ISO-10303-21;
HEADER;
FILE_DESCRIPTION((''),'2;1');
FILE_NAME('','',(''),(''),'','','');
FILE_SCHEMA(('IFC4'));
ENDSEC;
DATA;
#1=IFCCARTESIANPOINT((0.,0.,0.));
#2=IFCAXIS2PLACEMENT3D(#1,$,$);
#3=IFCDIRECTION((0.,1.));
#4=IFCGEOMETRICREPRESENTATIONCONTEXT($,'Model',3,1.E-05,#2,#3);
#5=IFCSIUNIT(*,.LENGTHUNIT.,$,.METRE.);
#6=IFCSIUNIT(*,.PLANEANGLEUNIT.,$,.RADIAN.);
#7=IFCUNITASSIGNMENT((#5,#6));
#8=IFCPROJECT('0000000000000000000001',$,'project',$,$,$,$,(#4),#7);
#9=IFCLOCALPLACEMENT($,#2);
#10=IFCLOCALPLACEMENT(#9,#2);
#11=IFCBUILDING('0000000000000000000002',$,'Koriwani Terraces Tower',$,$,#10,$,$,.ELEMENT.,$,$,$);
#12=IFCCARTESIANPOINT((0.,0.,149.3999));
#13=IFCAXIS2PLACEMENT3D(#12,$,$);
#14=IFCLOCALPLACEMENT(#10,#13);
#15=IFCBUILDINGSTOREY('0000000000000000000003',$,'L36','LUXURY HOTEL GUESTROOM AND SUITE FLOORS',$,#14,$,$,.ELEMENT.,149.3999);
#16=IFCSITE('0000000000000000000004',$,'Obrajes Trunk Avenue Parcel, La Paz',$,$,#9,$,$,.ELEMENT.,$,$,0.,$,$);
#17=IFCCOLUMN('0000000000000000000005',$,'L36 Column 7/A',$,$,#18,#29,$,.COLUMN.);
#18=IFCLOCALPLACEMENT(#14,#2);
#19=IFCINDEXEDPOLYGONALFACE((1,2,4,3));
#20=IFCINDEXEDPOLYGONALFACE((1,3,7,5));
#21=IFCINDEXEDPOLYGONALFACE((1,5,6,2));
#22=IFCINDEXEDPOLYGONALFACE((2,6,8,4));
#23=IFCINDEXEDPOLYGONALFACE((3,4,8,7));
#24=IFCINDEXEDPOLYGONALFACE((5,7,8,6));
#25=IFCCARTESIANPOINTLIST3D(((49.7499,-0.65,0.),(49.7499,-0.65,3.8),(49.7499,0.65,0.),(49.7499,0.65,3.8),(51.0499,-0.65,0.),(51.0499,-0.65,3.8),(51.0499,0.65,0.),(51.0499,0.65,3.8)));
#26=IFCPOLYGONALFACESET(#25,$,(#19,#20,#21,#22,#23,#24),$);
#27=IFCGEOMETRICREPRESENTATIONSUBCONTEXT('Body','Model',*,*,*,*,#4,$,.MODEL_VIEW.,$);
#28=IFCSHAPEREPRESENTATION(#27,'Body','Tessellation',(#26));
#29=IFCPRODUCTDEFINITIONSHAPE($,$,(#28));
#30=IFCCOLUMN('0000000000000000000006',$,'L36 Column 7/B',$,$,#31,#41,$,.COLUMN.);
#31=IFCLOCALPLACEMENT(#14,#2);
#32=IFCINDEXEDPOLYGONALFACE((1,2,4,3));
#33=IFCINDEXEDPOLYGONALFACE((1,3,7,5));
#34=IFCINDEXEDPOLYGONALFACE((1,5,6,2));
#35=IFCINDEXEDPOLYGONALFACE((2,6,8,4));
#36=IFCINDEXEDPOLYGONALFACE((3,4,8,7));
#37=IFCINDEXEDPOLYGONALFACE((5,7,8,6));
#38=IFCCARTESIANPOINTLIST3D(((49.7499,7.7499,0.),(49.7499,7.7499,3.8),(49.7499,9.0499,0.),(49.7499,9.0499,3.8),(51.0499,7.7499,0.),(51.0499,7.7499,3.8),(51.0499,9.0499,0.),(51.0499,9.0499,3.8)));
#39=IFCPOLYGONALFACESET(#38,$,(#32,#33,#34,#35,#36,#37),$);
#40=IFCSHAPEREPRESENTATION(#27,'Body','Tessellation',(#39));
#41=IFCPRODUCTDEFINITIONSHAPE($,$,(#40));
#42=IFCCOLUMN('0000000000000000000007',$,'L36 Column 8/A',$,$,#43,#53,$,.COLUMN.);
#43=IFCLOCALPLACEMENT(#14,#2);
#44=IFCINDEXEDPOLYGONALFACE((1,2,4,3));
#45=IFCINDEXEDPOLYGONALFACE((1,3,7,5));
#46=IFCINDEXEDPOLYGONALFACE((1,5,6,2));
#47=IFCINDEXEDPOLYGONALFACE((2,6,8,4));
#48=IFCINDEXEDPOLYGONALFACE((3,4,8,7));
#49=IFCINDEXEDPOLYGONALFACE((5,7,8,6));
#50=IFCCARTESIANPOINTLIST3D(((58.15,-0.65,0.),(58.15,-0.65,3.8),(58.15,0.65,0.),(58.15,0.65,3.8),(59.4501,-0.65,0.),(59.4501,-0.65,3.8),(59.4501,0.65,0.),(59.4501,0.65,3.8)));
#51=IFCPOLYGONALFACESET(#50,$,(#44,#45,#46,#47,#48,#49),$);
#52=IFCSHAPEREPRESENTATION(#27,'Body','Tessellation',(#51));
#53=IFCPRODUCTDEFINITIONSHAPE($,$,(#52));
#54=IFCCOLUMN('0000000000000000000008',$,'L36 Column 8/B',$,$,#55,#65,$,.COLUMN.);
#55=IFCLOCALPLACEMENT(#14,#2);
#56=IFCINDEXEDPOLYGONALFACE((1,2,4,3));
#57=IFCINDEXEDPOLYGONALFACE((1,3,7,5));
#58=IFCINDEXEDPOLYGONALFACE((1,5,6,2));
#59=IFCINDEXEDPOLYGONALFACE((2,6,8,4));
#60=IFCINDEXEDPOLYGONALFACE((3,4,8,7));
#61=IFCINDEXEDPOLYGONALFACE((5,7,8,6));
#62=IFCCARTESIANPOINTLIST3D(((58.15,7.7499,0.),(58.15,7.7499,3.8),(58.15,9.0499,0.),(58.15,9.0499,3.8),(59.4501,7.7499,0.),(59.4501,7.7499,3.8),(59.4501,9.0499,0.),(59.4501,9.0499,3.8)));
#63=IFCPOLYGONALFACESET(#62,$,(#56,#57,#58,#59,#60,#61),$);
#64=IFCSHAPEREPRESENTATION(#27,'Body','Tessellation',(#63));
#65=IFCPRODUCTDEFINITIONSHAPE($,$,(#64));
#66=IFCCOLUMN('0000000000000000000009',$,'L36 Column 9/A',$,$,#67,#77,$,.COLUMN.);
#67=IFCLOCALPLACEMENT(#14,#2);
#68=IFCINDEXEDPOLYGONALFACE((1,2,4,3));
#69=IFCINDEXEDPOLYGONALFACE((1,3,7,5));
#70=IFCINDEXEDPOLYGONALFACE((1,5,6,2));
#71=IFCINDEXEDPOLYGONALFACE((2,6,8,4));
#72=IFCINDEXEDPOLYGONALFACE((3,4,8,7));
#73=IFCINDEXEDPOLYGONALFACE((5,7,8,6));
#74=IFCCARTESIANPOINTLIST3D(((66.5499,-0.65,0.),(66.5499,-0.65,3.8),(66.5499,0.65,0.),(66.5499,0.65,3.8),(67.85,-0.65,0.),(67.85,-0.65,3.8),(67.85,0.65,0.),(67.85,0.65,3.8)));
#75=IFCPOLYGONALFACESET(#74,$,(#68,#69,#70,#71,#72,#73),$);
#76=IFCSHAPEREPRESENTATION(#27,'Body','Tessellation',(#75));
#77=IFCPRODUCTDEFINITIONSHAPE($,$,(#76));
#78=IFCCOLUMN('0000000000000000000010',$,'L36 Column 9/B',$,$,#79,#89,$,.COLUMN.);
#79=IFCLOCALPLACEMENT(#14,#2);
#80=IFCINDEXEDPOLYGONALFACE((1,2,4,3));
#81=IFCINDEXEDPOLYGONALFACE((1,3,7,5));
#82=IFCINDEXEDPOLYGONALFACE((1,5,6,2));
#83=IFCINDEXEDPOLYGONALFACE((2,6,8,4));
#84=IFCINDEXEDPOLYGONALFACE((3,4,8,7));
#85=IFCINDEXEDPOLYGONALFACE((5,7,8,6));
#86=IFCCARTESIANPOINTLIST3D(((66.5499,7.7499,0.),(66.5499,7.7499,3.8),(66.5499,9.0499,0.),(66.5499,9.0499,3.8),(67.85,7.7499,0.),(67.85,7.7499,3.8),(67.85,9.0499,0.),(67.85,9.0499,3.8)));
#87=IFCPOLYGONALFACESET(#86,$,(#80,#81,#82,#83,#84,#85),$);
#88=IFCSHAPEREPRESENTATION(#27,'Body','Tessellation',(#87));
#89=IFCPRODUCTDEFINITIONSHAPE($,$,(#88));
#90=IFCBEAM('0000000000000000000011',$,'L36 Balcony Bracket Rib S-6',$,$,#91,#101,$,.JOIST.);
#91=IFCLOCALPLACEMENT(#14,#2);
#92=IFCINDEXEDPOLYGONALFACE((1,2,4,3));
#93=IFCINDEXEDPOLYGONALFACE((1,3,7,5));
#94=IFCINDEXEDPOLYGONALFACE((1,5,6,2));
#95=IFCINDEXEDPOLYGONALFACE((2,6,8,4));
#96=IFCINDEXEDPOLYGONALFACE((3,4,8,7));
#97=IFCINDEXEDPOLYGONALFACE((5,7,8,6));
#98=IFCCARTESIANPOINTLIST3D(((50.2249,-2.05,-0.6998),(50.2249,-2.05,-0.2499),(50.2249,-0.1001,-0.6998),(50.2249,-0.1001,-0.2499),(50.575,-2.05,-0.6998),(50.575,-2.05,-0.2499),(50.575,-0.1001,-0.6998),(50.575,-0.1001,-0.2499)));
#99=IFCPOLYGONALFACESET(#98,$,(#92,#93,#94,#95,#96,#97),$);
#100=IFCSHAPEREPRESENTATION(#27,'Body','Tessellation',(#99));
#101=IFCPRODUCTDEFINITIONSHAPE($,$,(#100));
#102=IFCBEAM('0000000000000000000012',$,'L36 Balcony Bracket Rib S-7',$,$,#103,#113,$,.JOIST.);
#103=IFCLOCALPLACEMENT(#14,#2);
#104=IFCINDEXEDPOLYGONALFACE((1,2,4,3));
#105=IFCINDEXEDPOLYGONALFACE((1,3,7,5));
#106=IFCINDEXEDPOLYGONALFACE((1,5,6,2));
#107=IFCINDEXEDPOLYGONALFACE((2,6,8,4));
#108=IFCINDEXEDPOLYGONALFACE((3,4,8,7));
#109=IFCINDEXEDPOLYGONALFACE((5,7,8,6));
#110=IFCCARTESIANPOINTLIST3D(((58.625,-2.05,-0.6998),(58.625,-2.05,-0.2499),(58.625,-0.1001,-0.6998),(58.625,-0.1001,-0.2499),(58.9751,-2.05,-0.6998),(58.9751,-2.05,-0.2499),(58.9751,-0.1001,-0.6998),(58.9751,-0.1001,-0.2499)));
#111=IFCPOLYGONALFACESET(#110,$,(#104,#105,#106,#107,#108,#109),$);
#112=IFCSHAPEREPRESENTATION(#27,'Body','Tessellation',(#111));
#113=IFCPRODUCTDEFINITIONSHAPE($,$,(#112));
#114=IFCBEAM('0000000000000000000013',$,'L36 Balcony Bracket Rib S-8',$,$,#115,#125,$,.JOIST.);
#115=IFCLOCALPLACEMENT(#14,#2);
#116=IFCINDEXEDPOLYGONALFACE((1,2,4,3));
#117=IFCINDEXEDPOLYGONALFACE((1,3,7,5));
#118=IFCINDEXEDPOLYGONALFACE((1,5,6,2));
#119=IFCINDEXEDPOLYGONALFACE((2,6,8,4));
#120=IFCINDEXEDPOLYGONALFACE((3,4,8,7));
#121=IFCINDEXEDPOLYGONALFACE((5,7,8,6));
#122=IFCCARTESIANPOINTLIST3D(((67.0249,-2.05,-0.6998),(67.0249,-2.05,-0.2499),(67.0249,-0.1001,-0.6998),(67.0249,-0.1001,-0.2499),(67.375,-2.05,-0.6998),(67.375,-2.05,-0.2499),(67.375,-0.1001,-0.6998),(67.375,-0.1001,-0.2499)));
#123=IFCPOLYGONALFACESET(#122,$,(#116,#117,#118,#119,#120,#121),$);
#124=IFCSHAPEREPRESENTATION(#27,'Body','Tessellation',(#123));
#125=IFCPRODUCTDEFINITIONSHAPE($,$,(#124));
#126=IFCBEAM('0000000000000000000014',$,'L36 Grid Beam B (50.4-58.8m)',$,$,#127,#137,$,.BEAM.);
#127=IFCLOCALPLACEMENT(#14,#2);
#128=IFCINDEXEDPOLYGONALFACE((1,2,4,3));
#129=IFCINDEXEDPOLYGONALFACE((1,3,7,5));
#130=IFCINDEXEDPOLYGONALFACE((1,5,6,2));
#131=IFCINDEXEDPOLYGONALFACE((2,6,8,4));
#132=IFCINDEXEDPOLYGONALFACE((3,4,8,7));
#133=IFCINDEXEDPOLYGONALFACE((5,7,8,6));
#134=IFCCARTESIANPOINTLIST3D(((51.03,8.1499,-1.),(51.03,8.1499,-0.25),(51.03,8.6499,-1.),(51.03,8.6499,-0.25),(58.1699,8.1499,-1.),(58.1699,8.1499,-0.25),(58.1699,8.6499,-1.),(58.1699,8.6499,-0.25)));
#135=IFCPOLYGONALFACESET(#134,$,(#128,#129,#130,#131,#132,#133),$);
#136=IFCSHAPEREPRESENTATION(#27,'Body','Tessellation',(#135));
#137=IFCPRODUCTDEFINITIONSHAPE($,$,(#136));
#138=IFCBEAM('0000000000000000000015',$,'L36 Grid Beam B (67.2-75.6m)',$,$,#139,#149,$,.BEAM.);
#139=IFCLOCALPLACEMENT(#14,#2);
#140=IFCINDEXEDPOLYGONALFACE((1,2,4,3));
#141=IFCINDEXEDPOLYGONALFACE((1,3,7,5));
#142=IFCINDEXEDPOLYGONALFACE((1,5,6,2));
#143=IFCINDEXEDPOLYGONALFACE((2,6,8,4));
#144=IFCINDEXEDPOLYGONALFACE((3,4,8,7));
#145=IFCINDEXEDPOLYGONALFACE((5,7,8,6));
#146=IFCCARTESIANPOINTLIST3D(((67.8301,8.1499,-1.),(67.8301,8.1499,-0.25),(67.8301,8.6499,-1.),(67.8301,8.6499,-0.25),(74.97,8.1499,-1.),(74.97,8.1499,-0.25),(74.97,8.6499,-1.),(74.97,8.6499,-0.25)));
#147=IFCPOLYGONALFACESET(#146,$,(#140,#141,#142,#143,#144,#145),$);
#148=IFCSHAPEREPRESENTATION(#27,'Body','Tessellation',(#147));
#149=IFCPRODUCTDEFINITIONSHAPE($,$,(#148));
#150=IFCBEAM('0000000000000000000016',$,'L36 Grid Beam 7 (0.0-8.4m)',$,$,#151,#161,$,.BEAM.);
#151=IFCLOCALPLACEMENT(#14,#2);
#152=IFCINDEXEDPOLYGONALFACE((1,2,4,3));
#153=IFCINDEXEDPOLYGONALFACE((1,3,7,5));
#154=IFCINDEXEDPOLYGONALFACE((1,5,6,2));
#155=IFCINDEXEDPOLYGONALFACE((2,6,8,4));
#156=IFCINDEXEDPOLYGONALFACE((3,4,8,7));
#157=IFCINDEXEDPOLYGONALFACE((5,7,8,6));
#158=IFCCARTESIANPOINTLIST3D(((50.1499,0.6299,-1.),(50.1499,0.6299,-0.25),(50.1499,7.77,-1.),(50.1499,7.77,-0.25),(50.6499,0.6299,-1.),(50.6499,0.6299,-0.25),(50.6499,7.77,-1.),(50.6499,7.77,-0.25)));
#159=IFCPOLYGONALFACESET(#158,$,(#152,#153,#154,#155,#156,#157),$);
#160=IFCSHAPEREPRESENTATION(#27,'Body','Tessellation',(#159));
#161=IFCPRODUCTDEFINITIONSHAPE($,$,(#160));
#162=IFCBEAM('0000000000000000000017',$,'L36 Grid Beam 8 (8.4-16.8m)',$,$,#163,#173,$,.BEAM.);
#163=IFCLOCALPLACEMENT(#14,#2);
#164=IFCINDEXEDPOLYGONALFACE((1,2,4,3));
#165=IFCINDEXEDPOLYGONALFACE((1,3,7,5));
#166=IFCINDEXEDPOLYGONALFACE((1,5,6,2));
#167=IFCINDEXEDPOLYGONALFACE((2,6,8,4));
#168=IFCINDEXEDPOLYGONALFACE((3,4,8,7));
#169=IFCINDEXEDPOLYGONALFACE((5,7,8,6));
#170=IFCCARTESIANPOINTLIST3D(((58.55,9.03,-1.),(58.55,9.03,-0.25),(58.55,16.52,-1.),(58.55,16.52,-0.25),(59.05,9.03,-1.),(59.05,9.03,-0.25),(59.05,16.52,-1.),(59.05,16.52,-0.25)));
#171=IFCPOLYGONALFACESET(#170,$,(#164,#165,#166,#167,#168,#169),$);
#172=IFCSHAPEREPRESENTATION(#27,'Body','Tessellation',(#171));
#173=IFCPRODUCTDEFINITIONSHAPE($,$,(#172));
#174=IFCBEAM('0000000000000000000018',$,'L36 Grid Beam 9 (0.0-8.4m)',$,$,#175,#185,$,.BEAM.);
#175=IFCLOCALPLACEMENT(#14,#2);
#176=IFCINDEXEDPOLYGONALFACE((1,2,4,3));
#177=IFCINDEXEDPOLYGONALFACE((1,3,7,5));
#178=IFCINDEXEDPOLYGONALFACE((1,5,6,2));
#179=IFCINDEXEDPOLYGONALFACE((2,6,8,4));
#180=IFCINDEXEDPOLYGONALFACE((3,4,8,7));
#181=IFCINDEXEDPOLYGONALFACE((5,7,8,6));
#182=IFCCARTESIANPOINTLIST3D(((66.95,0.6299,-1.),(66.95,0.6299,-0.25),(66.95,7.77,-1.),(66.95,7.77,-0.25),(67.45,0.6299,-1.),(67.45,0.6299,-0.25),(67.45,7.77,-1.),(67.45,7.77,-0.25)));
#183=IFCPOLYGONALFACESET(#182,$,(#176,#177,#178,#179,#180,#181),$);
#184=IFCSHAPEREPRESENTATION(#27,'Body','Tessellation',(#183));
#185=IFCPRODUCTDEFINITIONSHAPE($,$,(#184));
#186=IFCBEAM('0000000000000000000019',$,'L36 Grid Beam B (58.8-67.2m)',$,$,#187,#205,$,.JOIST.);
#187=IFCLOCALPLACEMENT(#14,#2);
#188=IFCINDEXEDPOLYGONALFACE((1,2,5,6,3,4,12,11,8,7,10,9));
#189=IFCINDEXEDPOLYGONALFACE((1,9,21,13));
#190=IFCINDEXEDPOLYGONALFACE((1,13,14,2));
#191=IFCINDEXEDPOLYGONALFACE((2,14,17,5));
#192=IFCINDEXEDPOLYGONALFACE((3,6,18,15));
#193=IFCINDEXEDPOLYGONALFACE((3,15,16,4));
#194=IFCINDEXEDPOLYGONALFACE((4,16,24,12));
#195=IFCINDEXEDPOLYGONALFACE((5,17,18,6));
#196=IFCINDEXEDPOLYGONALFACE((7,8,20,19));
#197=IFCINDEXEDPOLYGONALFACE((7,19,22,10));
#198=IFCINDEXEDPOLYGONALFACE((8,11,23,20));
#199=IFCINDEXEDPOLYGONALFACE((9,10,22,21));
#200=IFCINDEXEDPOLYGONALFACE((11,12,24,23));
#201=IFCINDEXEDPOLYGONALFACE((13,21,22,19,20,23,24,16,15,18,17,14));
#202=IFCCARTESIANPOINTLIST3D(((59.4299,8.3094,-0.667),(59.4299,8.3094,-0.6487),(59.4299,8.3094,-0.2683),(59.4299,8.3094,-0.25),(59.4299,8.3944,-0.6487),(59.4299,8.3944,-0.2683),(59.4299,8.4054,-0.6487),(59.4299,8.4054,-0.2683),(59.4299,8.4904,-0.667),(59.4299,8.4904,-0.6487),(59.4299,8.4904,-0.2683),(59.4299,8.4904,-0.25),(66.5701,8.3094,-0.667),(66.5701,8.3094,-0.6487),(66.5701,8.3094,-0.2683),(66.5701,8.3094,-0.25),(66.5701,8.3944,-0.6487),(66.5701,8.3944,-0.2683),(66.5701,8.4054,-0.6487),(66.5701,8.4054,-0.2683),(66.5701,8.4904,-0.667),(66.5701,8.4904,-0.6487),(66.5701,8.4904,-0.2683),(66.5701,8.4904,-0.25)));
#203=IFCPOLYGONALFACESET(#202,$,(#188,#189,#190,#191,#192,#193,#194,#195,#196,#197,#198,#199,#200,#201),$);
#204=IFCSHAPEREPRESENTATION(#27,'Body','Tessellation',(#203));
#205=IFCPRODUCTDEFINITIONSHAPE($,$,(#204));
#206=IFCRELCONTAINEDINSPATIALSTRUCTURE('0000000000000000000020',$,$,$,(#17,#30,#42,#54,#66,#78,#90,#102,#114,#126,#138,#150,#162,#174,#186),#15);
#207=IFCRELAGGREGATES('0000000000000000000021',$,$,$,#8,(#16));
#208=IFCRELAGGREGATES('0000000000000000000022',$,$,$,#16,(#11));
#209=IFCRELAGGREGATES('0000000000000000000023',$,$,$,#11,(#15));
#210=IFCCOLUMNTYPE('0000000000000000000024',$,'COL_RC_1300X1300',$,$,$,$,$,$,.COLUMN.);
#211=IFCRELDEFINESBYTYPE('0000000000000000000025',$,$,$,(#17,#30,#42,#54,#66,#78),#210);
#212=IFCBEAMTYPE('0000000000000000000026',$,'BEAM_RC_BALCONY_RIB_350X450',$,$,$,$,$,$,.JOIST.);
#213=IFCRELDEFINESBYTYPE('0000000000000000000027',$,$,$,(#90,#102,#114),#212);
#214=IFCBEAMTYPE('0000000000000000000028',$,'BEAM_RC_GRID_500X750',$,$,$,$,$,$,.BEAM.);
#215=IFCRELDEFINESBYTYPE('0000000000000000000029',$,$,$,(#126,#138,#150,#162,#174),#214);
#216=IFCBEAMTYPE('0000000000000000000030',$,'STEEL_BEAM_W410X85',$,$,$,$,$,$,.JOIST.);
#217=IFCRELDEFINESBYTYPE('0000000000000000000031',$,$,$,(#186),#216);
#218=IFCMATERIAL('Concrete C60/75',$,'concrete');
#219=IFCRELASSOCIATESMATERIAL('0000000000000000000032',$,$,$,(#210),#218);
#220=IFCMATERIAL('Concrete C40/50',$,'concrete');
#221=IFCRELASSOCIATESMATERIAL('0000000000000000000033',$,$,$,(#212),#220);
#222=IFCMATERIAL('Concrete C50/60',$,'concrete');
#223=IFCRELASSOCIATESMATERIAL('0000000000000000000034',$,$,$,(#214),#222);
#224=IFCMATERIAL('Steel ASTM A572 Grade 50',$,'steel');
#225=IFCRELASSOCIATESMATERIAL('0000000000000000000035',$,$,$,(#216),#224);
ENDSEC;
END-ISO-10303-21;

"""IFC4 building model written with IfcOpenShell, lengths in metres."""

from ifc_helpers import new_model, si_unit, direction, frame, origin, origin_2d, place, context, subcontext, project, spatial, rectangle, i_section, extrude, material, material_profile, profile_set, type_object, element, save


model = new_model("IFC4")

# Units and contexts
model_context = context("Model", 3, precision=1e-05, world=origin(), true_north=direction((0.0, 1.0)))
body_context = subcontext(model_context, "Body", "Model", "MODEL_VIEW")
ifc_project = project(units=[si_unit("LENGTHUNIT", "METRE"), si_unit("PLANEANGLEUNIT", "RADIAN")], contexts=[model_context])

# Site, building, storey
site_placement = place(None, origin())
site = spatial("IfcSite", under=ifc_project, at=site_placement, Name="Obrajes Trunk Avenue Parcel, La Paz", CompositionType="ELEMENT", RefElevation=0.0)
building_placement = place(site_placement, origin())
building = spatial("IfcBuilding", under=site, at=building_placement, Name="Koriwani Terraces Tower", CompositionType="ELEMENT")
storey_placement = place(building_placement, frame((0.0, 0.0, 149.3999)))
storey = spatial("IfcBuildingStorey", under=building, at=storey_placement, Name="L36", Description="LUXURY HOTEL GUESTROOM AND SUITE FLOORS", CompositionType="ELEMENT", Elevation=149.3999)

# Columns
ifc_material_1 = material(Name="Concrete C60/75", Category="concrete")
ifc_material_profile_1 = material_profile(ifc_material_1, rectangle(XDim=1.3, YDim=1.3, at=origin_2d()), Name="Concrete C60/75", Category="LoadBearing")
ifc_profile_set_1 = profile_set([ifc_material_profile_1], Name="Concrete C60/75")
column_type = type_object("IfcColumnType", Name="COL_RC_1300X1300", PredefinedType="COLUMN", material=ifc_profile_set_1)
for number, where, z_axis, x_axis, name in (
    (1, (50.3999, 0.0, 0.0), (0.0, 0.0, 1.0), (1.0, 0.0, 0.0), "L36 Column 7/A"),
    (2, (50.3999, 8.3999, 0.0), (0.0, 0.0, 1.0), (1.0, 0.0, 0.0), "L36 Column 7/B"),
    (3, (58.8, 0.0, 0.0), (0.0, 0.0, 1.0), (1.0, 0.0, 0.0), "L36 Column 8/A"),
    (4, (58.8, 8.3999, 0.0), (0.0, 0.0, 1.0), (1.0, 0.0, 0.0), "L36 Column 8/B"),
    (5, (67.2, 0.0, 0.0), (0.0, 0.0, 1.0), (1.0, 0.0, 0.0), "L36 Column 9/A"),
    (6, (67.2, 8.3999, 0.0), (0.0, 0.0, 1.0), (1.0, 0.0, 0.0), "L36 Column 9/B"),
):
    element("IfcColumn", number, at=place(storey_placement, frame(where, z_axis=z_axis, x_axis=x_axis)), inside=storey, type_object=column_type, Name=name, PredefinedType="COLUMN", context=body_context, shape_type="SweptSolid", body=[
        extrude(rectangle(XDim=1.3, YDim=1.3, at=origin_2d()), origin(), (0.0, 0.0, 1.0), 3.8),
    ])

# Beams
ifc_material_2 = material(Name="Concrete C40/50", Category="concrete")
ifc_material_profile_2 = material_profile(ifc_material_2, rectangle(XDim=0.3501, YDim=0.45, at=origin_2d()), Name="Concrete C40/50", Category="LoadBearing")
ifc_profile_set_2 = profile_set([ifc_material_profile_2], Name="Concrete C40/50")
beam_type_1 = type_object("IfcBeamType", Name="BEAM_RC_BALCONY_RIB_350X450", PredefinedType="JOIST", material=ifc_profile_set_2)
for number, where, z_axis, x_axis, name in (
    (7, (50.3999, -2.05, -0.4749), (0.0, 1.0, 0.0), (-1.0, 0.0, 0.0), "L36 Balcony Bracket Rib S-6"),
    (8, (58.8, -2.05, -0.4749), (0.0, 1.0, 0.0), (-1.0, 0.0, 0.0), "L36 Balcony Bracket Rib S-7"),
    (9, (67.2, -2.05, -0.4749), (0.0, 1.0, 0.0), (-1.0, 0.0, 0.0), "L36 Balcony Bracket Rib S-8"),
):
    element("IfcBeam", number, at=place(storey_placement, frame(where, z_axis=z_axis, x_axis=x_axis)), inside=storey, type_object=beam_type_1, Name=name, PredefinedType="JOIST", context=body_context, shape_type="SweptSolid", body=[
        extrude(rectangle(XDim=0.3501, YDim=0.45, at=origin_2d()), origin(), (0.0, 0.0, 1.0), 1.95),
    ])
ifc_material_3 = material(Name="Concrete C50/60", Category="concrete")
ifc_material_profile_3 = material_profile(ifc_material_3, rectangle(XDim=0.5, YDim=0.75, at=origin_2d()), Name="Concrete C50/60", Category="LoadBearing")
ifc_profile_set_3 = profile_set([ifc_material_profile_3], Name="Concrete C50/60")
beam_type_2 = type_object("IfcBeamType", Name="BEAM_RC_GRID_500X750", PredefinedType="BEAM", material=ifc_profile_set_3)
for number, where, z_axis, x_axis, name in (
    (10, (51.03, 8.3999, -0.625), (1.0, 0.0, 0.0), (0.0, 1.0, 0.0), "L36 Grid Beam B (50.4-58.8m)"),
    (11, (67.8301, 8.3999, -0.625), (1.0, 0.0, 0.0), (0.0, 1.0, 0.0), "L36 Grid Beam B (67.2-75.6m)"),
):
    element("IfcBeam", number, at=place(storey_placement, frame(where, z_axis=z_axis, x_axis=x_axis)), inside=storey, type_object=beam_type_2, Name=name, PredefinedType="BEAM", context=body_context, shape_type="SweptSolid", body=[
        extrude(rectangle(XDim=0.5, YDim=0.75, at=origin_2d()), origin(), (0.0, 0.0, 1.0), 7.1399),
    ])
beam_1_placement = place(storey_placement, frame((50.3999, 0.6299, -0.625), z_axis=(0.0, 1.0, 0.0), x_axis=(-1.0, 0.0, 0.0)))
element("IfcBeam", 12, at=beam_1_placement, inside=storey, type_object=beam_type_2, Name="L36 Grid Beam 7 (0.0-8.4m)", PredefinedType="BEAM", context=body_context, shape_type="SweptSolid", body=[
    extrude(rectangle(XDim=0.5, YDim=0.75, at=origin_2d()), origin(), (0.0, 0.0, 1.0), 7.1401),
])
beam_2_placement = place(storey_placement, frame((58.8, 9.03, -0.625), z_axis=(0.0, 1.0, 0.0), x_axis=(-1.0, 0.0, 0.0)))
element("IfcBeam", 13, at=beam_2_placement, inside=storey, type_object=beam_type_2, Name="L36 Grid Beam 8 (8.4-16.8m)", PredefinedType="BEAM", context=body_context, shape_type="SweptSolid", body=[
    extrude(rectangle(XDim=0.5, YDim=0.75, at=origin_2d()), origin(), (0.0, 0.0, 1.0), 7.49),
])
beam_3_placement = place(storey_placement, frame((67.2, 0.6299, -0.625), z_axis=(0.0, 1.0, 0.0), x_axis=(-1.0, 0.0, 0.0)))
element("IfcBeam", 14, at=beam_3_placement, inside=storey, type_object=beam_type_2, Name="L36 Grid Beam 9 (0.0-8.4m)", PredefinedType="BEAM", context=body_context, shape_type="SweptSolid", body=[
    extrude(rectangle(XDim=0.5, YDim=0.75, at=origin_2d()), origin(), (0.0, 0.0, 1.0), 7.1401),
])
ifc_material_4 = material(Name="Steel ASTM A572 Grade 50", Category="steel")
ifc_material_profile_4 = material_profile(ifc_material_4, i_section(OverallWidth=0.1809, OverallDepth=0.417, WebThickness=0.011, FlangeThickness=0.0183, at=origin_2d()), Name="Steel ASTM A572 Grade 50", Category="LoadBearing")
ifc_profile_set_4 = profile_set([ifc_material_profile_4], Name="Steel ASTM A572 Grade 50")
beam_type_3 = type_object("IfcBeamType", Name="STEEL_BEAM_W410X85", PredefinedType="JOIST", material=ifc_profile_set_4)
for number, where, z_axis, x_axis, name in (
    (15, (59.4299, 8.3999, -0.4585), (1.0, 0.0, 0.0), (0.0, 1.0, 0.0), "L36 Grid Beam B (58.8-67.2m)"),
):
    element("IfcBeam", number, at=place(storey_placement, frame(where, z_axis=z_axis, x_axis=x_axis)), inside=storey, type_object=beam_type_3, Name=name, PredefinedType="JOIST", context=body_context, shape_type="SweptSolid", body=[
        extrude(i_section(OverallWidth=0.1809, OverallDepth=0.417, WebThickness=0.011, FlangeThickness=0.0183, at=origin_2d()), origin(), (0.0, 0.0, 1.0), 7.1401),
    ])

save(model, "model.ifc")
